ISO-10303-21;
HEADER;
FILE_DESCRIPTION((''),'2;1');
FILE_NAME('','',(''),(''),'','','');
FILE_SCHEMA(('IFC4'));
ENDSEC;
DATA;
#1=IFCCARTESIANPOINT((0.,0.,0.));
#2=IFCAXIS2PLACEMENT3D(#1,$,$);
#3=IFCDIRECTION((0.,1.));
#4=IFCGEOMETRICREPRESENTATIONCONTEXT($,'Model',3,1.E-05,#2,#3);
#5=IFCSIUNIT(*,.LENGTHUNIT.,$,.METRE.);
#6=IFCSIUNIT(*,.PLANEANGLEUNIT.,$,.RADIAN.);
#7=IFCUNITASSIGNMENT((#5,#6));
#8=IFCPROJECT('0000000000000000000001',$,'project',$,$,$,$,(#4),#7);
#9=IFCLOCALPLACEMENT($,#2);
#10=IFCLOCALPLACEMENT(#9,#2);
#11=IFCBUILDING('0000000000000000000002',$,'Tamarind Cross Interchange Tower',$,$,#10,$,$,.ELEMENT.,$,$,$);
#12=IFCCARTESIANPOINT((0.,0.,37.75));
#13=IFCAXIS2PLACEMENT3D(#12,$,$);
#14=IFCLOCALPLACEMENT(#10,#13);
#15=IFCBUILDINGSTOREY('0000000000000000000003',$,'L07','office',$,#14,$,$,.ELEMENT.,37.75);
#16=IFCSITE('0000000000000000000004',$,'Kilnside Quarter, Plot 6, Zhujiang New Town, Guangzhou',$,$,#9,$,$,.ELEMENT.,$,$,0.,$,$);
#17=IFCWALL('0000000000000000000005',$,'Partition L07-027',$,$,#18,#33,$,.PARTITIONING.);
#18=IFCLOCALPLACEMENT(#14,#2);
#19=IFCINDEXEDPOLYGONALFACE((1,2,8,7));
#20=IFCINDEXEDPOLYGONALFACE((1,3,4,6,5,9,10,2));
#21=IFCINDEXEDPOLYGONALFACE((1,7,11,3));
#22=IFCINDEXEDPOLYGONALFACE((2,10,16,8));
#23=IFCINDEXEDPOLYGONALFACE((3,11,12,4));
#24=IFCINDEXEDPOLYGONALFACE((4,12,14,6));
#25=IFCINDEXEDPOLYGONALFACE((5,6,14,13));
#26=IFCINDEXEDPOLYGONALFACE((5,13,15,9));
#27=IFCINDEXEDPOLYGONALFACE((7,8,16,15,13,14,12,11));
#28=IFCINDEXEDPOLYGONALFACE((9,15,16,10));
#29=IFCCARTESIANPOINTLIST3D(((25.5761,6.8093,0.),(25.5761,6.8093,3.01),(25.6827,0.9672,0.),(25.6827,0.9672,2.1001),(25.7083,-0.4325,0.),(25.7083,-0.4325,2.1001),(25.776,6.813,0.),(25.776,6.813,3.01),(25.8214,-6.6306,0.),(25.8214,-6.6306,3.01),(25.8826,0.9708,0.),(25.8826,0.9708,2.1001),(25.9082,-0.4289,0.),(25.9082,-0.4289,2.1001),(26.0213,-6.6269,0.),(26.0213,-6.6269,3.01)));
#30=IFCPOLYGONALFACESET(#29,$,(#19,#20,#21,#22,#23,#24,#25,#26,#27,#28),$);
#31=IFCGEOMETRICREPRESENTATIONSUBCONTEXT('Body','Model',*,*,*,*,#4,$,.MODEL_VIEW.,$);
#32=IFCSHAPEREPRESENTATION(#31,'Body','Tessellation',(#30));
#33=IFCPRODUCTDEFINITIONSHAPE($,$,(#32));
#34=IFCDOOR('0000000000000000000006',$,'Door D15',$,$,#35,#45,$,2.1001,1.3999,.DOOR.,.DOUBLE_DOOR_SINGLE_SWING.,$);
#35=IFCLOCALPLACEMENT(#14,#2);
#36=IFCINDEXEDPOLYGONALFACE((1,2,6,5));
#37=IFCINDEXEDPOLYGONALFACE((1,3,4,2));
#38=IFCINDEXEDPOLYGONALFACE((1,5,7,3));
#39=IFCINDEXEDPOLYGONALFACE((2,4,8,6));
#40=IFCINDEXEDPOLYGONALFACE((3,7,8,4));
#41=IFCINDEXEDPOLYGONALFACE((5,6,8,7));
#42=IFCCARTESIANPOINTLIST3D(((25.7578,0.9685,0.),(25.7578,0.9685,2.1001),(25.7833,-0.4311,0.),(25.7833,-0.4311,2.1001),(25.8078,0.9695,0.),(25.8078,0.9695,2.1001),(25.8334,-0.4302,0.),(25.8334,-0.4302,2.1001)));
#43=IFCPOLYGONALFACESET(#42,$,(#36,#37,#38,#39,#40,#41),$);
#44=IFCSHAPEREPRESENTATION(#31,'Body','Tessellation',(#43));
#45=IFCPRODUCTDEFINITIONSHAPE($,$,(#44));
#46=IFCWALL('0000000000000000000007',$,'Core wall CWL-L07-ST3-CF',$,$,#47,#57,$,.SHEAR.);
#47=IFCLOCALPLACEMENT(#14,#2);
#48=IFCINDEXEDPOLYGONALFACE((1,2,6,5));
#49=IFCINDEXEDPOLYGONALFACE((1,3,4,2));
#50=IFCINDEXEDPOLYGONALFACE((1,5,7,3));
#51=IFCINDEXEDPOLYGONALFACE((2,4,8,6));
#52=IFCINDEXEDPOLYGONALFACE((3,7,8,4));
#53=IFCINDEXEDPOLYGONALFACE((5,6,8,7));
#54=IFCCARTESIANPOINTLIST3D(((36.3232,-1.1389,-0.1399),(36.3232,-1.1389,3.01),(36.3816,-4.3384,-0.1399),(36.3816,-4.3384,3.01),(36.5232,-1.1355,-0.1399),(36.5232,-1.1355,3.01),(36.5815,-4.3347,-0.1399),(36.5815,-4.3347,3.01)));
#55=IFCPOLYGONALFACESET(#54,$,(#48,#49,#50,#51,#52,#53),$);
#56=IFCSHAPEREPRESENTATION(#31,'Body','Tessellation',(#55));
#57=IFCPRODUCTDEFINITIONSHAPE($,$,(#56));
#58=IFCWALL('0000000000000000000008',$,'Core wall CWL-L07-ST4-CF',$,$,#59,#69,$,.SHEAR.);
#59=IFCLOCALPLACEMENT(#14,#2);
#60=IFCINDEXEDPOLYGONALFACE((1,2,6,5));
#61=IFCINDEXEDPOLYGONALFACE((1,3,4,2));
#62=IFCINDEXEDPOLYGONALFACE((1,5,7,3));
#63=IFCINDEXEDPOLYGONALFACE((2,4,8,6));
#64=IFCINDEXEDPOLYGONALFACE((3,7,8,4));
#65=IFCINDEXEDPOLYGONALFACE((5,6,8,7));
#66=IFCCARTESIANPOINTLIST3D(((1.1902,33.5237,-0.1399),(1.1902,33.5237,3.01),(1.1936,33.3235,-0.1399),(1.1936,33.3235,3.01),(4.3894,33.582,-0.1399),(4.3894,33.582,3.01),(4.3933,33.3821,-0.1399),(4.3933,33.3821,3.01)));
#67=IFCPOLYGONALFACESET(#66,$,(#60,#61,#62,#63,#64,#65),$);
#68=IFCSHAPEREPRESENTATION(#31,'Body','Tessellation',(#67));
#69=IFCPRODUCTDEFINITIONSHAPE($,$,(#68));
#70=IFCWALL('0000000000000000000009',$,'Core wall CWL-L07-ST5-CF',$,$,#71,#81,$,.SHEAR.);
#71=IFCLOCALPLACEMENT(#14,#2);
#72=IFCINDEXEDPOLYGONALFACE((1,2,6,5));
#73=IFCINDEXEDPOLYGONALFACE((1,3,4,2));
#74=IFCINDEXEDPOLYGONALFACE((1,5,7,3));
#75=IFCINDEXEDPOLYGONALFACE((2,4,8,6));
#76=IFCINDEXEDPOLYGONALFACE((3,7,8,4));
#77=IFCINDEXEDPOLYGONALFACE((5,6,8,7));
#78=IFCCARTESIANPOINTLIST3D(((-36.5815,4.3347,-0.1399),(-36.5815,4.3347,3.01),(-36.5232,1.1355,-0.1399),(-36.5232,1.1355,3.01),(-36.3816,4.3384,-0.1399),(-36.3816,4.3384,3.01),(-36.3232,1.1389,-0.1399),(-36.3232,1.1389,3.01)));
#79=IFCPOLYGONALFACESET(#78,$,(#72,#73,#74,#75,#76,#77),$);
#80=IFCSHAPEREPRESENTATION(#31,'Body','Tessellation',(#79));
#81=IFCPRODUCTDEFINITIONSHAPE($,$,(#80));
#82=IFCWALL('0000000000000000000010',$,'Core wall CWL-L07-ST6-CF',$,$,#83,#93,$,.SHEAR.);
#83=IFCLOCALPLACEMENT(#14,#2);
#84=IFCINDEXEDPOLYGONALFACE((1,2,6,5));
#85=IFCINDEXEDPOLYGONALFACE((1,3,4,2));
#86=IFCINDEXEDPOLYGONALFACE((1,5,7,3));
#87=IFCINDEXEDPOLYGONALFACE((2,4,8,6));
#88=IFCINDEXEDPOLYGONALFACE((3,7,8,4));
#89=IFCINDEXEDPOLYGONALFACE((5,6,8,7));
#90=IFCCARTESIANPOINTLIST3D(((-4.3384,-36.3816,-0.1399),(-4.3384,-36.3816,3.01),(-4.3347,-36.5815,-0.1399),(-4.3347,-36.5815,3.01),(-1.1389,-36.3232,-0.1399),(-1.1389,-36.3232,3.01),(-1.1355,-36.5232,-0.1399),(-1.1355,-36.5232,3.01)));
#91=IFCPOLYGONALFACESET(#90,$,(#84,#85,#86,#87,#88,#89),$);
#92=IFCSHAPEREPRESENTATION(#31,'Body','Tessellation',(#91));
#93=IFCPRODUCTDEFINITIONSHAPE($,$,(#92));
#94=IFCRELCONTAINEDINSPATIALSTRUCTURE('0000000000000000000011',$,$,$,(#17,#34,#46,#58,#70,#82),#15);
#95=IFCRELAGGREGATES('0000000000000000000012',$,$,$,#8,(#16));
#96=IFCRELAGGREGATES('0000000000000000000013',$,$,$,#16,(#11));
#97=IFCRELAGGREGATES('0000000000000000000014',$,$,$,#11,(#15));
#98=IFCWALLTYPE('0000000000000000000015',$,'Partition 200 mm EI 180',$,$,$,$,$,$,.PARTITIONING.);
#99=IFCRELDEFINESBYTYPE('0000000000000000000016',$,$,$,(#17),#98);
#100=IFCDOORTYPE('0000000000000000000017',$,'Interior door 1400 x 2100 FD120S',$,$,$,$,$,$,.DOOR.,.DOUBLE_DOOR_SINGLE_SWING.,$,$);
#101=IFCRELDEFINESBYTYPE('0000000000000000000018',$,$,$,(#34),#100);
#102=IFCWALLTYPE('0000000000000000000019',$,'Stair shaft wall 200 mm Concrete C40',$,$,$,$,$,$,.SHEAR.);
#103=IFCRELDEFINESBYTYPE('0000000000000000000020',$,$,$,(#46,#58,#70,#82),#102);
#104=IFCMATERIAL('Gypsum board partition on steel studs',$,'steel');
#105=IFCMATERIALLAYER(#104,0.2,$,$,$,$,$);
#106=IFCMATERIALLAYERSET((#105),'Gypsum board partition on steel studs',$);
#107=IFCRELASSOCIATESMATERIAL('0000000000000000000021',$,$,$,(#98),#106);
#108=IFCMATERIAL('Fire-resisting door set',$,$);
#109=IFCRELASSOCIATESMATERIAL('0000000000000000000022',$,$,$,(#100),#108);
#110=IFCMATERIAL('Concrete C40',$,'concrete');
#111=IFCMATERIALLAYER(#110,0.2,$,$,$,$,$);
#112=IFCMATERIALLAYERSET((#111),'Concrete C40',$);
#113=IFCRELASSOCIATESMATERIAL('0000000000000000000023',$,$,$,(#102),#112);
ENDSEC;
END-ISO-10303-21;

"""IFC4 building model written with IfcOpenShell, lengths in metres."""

from ifc_helpers import new_model, si_unit, direction, frame, frame_2d, origin, place, context, subcontext, project, spatial, polyline, rectangle, outline, extrude, material, layer, layer_set, type_object, element, fill, save


model = new_model("IFC4")

# Units and contexts
model_context = context("Model", 3, precision=1e-05, world=origin(), true_north=direction((0.0, 1.0)))
body_context = subcontext(model_context, "Body", "Model", "MODEL_VIEW")
ifc_project = project(units=[si_unit("LENGTHUNIT", "METRE"), si_unit("PLANEANGLEUNIT", "RADIAN")], contexts=[model_context])

# Site, building, storey
site_placement = place(None, origin())
site = spatial("IfcSite", under=ifc_project, at=site_placement, Name="Kilnside Quarter, Plot 6, Zhujiang New Town, Guangzhou", CompositionType="ELEMENT", RefElevation=0.0)
building_placement = place(site_placement, origin())
building = spatial("IfcBuilding", under=site, at=building_placement, Name="Tamarind Cross Interchange Tower", CompositionType="ELEMENT")
storey_placement = place(building_placement, frame((0.0, 0.0, 37.75)))
storey = spatial("IfcBuildingStorey", under=building, at=storey_placement, Name="L07", Description="office", CompositionType="ELEMENT", Elevation=37.75)

# Shared definitions
ifc_material_1 = material(Name="Concrete C40", Category="concrete")

# Shared definitions
ifc_material_2 = material(Name="Gypsum board partition on steel studs", Category="steel")

# Shared definitions
ifc_material_3 = material(Name="Fire-resisting door set")

# Wall, opening, door
ifc_layer_1 = layer(ifc_material_2, 0.2)
ifc_layer_set_1 = layer_set([ifc_layer_1], Name="Gypsum board partition on steel studs")
wall_type_1 = type_object("IfcWallType", Name="Partition 200 mm EI 180", PredefinedType="PARTITIONING", material=ifc_layer_set_1)
wall_1_placement = place(storey_placement, frame((25.676, 6.8113, 0.0), z_axis=(0.0, 0.0, 1.0), x_axis=(0.018253, -0.999833, 0.0)))
wall_1 = element("IfcWall", 1, at=wall_1_placement, inside=storey, type_object=wall_type_1, Name="Partition L07-027", PredefinedType="PARTITIONING", context=body_context, shape_type="SweptSolid", body=[
    extrude(rectangle(XDim=13.4421, YDim=0.2, at=frame_2d((6.7212, 0.0))), origin(), (0.0, 0.0, 1.0), 3.01),
])
opening_1_placement = place(wall_1_placement, frame((5.8433, 0.0, 0.0)))
opening_1 = element("IfcOpeningElement", 2, at=opening_1_placement, cuts=wall_1, PredefinedType="OPENING", context=body_context, shape_type="SweptSolid", body=[
    extrude(rectangle(XDim=1.3999, YDim=2.1001, at=frame_2d((0.7, 1.05))), frame((0.0, 0.1099, 0.0), z_axis=(0.0, -1.0, 0.0), x_axis=(1.0, 0.0, 0.0)), (0.0, 0.0, 1.0), 0.22),
])
door_type_1 = type_object("IfcDoorType", Name="Interior door 1400 x 2100 FD120S", OperationType="DOUBLE_DOOR_SINGLE_SWING", PredefinedType="DOOR", material=ifc_material_3)
door_1_placement = place(opening_1_placement, frame((1.3999, 0.0, 0.0), z_axis=(0.0, 0.0, 1.0), x_axis=(-1.0, 0.0, 0.0)))
door_1 = element("IfcDoor", 3, at=door_1_placement, inside=storey, type_object=door_type_1, Name="Door D15", OperationType="DOUBLE_DOOR_SINGLE_SWING", OverallHeight=2.1001, OverallWidth=1.3999, PredefinedType="DOOR", context=body_context, shape_type="SweptSolid", body=[
    extrude(rectangle(XDim=1.3999, YDim=2.1001, at=frame_2d((0.7, 1.05))), frame((0.0, 0.0249, 0.0), z_axis=(0.0, -1.0, 0.0), x_axis=(1.0, 0.0, 0.0)), (0.0, 0.0, 1.0), 0.05),
])
fill(opening_1, door_1)

# Walls
ifc_layer_2 = layer(ifc_material_1, 0.2)
ifc_layer_set_2 = layer_set([ifc_layer_2], Name="Concrete C40")
wall_type_2 = type_object("IfcWallType", Name="Stair shaft wall 200 mm Concrete C40", PredefinedType="SHEAR", material=ifc_layer_set_2)
wall_2_placement = place(storey_placement, frame((0.0, 0.0, -0.1399)))
element("IfcWall", 4, at=wall_2_placement, inside=storey, type_object=wall_type_2, Name="Core wall CWL-L07-ST3-CF", PredefinedType="SHEAR", context=body_context, shape_type="SweptSolid", body=[
    extrude(outline(polyline([(36.3816, -4.3384), (36.5815, -4.3347), (36.5232, -1.1355), (36.3232, -1.1389), (36.3816, -4.3384)])), origin(), (0.0, 0.0, 1.0), 3.1499),
])
wall_3_placement = place(storey_placement, frame((0.0, 0.0, -0.1399)))
element("IfcWall", 5, at=wall_3_placement, inside=storey, type_object=wall_type_2, Name="Core wall CWL-L07-ST4-CF", PredefinedType="SHEAR", context=body_context, shape_type="SweptSolid", body=[
    extrude(outline(polyline([(4.3933, 33.3821), (4.3894, 33.582), (1.1902, 33.5237), (1.1936, 33.3235), (4.3933, 33.3821)])), origin(), (0.0, 0.0, 1.0), 3.1499),
])
wall_4_placement = place(storey_placement, frame((0.0, 0.0, -0.1399)))
element("IfcWall", 6, at=wall_4_placement, inside=storey, type_object=wall_type_2, Name="Core wall CWL-L07-ST5-CF", PredefinedType="SHEAR", context=body_context, shape_type="SweptSolid", body=[
    extrude(outline(polyline([(-36.3816, 4.3384), (-36.5815, 4.3347), (-36.5232, 1.1355), (-36.3232, 1.1389), (-36.3816, 4.3384)])), origin(), (0.0, 0.0, 1.0), 3.1499),
])
wall_5_placement = place(storey_placement, frame((0.0, 0.0, -0.1399)))
element("IfcWall", 7, at=wall_5_placement, inside=storey, type_object=wall_type_2, Name="Core wall CWL-L07-ST6-CF", PredefinedType="SHEAR", context=body_context, shape_type="SweptSolid", body=[
    extrude(outline(polyline([(-4.3384, -36.3816), (-4.3347, -36.5815), (-1.1355, -36.5232), (-1.1389, -36.3232), (-4.3384, -36.3816)])), origin(), (0.0, 0.0, 1.0), 3.1499),
])

save(model, "model.ifc")
